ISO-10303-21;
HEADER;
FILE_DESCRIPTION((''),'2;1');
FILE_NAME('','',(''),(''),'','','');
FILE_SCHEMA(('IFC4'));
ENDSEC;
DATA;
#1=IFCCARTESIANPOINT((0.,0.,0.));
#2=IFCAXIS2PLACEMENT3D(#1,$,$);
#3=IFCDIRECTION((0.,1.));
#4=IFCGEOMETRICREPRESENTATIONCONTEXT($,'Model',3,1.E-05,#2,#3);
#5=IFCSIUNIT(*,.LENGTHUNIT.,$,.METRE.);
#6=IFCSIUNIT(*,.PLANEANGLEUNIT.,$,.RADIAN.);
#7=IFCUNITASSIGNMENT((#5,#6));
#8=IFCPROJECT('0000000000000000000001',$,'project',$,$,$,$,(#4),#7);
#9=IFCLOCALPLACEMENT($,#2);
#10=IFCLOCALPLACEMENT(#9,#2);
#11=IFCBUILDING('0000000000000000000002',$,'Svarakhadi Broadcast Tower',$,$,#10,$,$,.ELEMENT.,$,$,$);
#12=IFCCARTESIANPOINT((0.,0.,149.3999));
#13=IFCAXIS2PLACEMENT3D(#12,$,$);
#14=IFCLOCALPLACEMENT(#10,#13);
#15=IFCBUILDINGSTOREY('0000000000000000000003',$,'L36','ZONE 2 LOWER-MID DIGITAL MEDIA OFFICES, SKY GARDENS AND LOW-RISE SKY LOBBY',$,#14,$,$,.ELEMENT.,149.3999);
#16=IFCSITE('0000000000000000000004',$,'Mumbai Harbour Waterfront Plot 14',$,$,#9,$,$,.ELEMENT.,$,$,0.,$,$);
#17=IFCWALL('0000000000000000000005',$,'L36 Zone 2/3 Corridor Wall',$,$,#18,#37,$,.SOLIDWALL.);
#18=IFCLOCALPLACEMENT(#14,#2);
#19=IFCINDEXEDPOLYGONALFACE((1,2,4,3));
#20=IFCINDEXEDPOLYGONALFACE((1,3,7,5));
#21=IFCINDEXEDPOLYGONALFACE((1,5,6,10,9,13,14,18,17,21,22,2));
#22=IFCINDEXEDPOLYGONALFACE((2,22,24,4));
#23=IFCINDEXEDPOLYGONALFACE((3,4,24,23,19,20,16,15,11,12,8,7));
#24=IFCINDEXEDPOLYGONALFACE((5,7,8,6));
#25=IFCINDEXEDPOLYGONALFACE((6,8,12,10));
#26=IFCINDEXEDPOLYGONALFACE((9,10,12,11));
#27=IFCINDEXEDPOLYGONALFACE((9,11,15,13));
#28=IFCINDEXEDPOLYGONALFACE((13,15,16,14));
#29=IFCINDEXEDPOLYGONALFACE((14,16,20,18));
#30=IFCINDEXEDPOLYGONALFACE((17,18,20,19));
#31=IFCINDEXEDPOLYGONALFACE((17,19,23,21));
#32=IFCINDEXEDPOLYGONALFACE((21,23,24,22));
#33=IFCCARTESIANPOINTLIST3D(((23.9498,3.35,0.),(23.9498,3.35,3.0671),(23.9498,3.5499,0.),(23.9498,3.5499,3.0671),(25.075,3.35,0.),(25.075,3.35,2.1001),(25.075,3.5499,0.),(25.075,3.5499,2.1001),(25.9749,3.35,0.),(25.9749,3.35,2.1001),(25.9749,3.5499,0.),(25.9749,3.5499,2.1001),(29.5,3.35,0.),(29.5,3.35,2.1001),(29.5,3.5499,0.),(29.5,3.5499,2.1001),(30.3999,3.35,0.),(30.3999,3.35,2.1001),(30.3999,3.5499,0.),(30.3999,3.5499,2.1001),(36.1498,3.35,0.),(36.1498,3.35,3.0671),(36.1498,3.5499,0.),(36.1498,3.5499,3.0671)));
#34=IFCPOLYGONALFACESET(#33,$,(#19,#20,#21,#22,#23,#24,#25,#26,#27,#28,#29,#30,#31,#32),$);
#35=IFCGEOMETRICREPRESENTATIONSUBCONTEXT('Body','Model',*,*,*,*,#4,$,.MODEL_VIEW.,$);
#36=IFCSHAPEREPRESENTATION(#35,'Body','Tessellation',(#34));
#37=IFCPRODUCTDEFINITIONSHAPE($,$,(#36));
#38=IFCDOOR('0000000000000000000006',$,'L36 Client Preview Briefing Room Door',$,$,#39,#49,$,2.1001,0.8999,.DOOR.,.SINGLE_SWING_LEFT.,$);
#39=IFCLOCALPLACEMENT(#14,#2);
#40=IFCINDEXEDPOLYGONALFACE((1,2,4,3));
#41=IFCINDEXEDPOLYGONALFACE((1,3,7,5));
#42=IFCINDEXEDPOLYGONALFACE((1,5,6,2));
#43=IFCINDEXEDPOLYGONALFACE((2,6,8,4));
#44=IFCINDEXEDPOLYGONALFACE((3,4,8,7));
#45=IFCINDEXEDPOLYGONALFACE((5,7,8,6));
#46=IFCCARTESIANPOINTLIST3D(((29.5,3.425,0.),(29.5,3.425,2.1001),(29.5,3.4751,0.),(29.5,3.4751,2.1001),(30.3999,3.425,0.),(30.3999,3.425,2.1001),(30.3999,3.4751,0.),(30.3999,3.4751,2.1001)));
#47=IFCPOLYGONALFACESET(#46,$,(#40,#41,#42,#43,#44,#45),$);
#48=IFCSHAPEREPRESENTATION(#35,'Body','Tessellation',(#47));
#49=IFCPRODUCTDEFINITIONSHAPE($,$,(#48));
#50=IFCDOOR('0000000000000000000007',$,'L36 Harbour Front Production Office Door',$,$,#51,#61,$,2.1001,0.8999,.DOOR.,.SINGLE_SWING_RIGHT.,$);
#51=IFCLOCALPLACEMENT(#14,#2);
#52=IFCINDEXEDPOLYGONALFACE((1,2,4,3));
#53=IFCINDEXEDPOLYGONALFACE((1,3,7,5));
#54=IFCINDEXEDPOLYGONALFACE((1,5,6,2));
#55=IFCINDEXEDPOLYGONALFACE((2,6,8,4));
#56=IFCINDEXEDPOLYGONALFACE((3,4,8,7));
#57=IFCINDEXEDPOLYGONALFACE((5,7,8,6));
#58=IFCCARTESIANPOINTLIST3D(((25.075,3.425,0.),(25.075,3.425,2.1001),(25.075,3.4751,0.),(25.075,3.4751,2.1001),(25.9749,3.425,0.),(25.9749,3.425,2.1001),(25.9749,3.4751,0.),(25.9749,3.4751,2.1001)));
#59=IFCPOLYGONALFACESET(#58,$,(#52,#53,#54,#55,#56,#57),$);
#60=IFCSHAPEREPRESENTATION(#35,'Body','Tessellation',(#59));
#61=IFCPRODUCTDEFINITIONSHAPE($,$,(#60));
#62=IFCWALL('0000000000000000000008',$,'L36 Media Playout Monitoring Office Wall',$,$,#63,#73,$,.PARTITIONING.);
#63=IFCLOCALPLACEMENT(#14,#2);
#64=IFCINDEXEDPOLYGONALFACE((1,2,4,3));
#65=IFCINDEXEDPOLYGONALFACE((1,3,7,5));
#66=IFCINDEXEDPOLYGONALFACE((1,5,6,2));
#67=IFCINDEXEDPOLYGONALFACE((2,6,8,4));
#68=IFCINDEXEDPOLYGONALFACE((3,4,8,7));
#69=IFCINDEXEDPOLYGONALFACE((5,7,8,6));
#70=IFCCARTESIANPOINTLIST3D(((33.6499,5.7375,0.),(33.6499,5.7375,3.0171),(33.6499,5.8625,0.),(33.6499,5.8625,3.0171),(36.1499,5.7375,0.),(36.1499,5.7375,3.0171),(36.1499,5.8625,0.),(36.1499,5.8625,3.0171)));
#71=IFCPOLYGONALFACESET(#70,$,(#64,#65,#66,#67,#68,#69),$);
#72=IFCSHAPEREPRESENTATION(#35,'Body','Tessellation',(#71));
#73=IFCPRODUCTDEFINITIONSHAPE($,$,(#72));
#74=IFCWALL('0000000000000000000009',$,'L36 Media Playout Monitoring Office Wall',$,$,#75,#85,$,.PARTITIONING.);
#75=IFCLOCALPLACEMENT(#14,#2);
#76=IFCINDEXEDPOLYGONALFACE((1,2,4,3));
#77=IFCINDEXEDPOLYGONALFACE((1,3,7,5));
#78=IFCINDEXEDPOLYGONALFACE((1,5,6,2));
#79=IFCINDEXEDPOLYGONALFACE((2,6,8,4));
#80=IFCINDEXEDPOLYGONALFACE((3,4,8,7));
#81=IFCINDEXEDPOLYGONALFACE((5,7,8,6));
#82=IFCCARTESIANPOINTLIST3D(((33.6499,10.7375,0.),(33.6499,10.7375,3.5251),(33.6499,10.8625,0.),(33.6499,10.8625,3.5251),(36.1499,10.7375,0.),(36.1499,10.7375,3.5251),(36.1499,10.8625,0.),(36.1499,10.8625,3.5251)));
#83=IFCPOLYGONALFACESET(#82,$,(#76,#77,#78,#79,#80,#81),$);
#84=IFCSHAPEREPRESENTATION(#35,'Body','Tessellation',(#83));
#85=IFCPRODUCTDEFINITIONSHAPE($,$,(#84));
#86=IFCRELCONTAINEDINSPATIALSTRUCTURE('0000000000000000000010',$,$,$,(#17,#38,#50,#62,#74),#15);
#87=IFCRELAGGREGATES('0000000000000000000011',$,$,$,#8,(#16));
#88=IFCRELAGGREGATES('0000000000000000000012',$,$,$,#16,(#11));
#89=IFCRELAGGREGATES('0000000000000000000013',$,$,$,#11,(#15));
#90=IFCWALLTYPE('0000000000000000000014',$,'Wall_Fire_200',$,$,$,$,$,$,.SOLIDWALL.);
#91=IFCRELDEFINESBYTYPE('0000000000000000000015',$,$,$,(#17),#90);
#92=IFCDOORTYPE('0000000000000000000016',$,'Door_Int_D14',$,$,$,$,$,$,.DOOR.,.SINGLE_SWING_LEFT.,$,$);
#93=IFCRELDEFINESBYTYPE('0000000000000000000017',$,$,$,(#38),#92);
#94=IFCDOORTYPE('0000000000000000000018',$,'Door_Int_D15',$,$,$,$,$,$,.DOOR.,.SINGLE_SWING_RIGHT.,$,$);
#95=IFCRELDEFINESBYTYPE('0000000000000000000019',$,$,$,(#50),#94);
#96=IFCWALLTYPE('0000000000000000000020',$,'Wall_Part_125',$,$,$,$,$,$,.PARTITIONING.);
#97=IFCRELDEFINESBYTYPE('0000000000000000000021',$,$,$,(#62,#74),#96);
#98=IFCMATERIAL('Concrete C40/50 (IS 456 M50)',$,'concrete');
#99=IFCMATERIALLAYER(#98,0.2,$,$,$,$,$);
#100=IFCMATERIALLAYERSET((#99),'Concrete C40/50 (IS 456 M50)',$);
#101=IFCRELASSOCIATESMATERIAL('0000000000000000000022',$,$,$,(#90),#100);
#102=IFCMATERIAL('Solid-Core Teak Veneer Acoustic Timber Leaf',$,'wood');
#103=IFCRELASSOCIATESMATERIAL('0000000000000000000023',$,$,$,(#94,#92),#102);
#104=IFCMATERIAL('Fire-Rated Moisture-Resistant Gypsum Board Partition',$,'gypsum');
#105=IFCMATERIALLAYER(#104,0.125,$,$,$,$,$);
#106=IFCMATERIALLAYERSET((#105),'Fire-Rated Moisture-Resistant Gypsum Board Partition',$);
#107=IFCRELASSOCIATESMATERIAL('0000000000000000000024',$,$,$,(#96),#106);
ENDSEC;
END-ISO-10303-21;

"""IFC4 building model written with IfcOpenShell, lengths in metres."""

from ifc_helpers import new_model, si_unit, direction, frame, frame_2d, origin, place, context, subcontext, project, spatial, rectangle, extrude, material, layer, layer_set, type_object, element, fill, save


model = new_model("IFC4")

# Units and contexts
model_context = context("Model", 3, precision=1e-05, world=origin(), true_north=direction((0.0, 1.0)))
body_context = subcontext(model_context, "Body", "Model", "MODEL_VIEW")
ifc_project = project(units=[si_unit("LENGTHUNIT", "METRE"), si_unit("PLANEANGLEUNIT", "RADIAN")], contexts=[model_context])

# Site, building, storey
site_placement = place(None, origin())
site = spatial("IfcSite", under=ifc_project, at=site_placement, Name="Mumbai Harbour Waterfront Plot 14", CompositionType="ELEMENT", RefElevation=0.0)
building_placement = place(site_placement, origin())
building = spatial("IfcBuilding", under=site, at=building_placement, Name="Svarakhadi Broadcast Tower", CompositionType="ELEMENT")
storey_placement = place(building_placement, frame((0.0, 0.0, 149.3999)))
storey = spatial("IfcBuildingStorey", under=building, at=storey_placement, Name="L36", Description="ZONE 2 LOWER-MID DIGITAL MEDIA OFFICES, SKY GARDENS AND LOW-RISE SKY LOBBY", CompositionType="ELEMENT", Elevation=149.3999)

# Shared definitions
ifc_material_1 = material(Name="Concrete C40/50 (IS 456 M50)", Category="concrete")
ifc_layer_1 = layer(ifc_material_1, 0.2)
ifc_layer_set_1 = layer_set([ifc_layer_1], Name="Concrete C40/50 (IS 456 M50)")
wall_type_1 = type_object("IfcWallType", Name="Wall_Fire_200", PredefinedType="SOLIDWALL", material=ifc_layer_set_1)
ifc_material_2 = material(Name="Solid-Core Teak Veneer Acoustic Timber Leaf", Category="wood")
door_type_1 = type_object("IfcDoorType", Name="Door_Int_D15", OperationType="SINGLE_SWING_RIGHT", PredefinedType="DOOR", material=ifc_material_2)

# Shared definitions
door_type_2 = type_object("IfcDoorType", Name="Door_Int_D14", OperationType="SINGLE_SWING_LEFT", PredefinedType="DOOR", material=ifc_material_2)

# Wall, openings, doors
wall_1_placement = place(storey_placement, frame((36.1499, 3.45, 0.0), z_axis=(0.0, 0.0, 1.0), x_axis=(-1.0, 0.0, 0.0)))
wall_1 = element("IfcWall", 1, at=wall_1_placement, inside=storey, type_object=wall_type_1, Name="L36 Zone 2/3 Corridor Wall", PredefinedType="SOLIDWALL", context=body_context, shape_type="SweptSolid", body=[
    extrude(rectangle(XDim=12.2, YDim=0.2, at=frame_2d((6.1001, 0.0))), origin(), (0.0, 0.0, 1.0), 3.0671),
])
opening_1_placement = place(wall_1_placement, frame((10.175, 0.0, 0.0)))
opening_1 = element("IfcOpeningElement", 2, at=opening_1_placement, cuts=wall_1, PredefinedType="OPENING", context=body_context, shape_type="SweptSolid", body=[
    extrude(rectangle(XDim=0.8999, YDim=2.1001, at=frame_2d((0.45, 1.05))), frame((0.0, 0.1099, 0.0), z_axis=(0.0, -1.0, 0.0), x_axis=(1.0, 0.0, 0.0)), (0.0, 0.0, 1.0), 0.22),
])
opening_2_placement = place(wall_1_placement, frame((5.75, 0.0, 0.0)))
opening_2 = element("IfcOpeningElement", 3, at=opening_2_placement, cuts=wall_1, PredefinedType="OPENING", context=body_context, shape_type="SweptSolid", body=[
    extrude(rectangle(XDim=0.8999, YDim=2.1001, at=frame_2d((0.45, 1.05))), frame((0.0, 0.1099, 0.0), z_axis=(0.0, -1.0, 0.0), x_axis=(1.0, 0.0, 0.0)), (0.0, 0.0, 1.0), 0.22),
])
door_1_placement = place(opening_2_placement, origin())
door_1 = element("IfcDoor", 4, at=door_1_placement, inside=storey, type_object=door_type_2, Name="L36 Client Preview Briefing Room Door", OperationType="SINGLE_SWING_LEFT", OverallHeight=2.1001, OverallWidth=0.8999, PredefinedType="DOOR", context=body_context, shape_type="SweptSolid", body=[
    extrude(rectangle(XDim=0.8999, YDim=2.1001, at=frame_2d((0.45, 1.05))), frame((0.0, 0.0249, 0.0), z_axis=(0.0, -1.0, 0.0), x_axis=(1.0, 0.0, 0.0)), (0.0, 0.0, 1.0), 0.05),
])
fill(opening_2, door_1)
door_2_placement = place(opening_1_placement, origin())
door_2 = element("IfcDoor", 5, at=door_2_placement, inside=storey, type_object=door_type_1, Name="L36 Harbour Front Production Office Door", OperationType="SINGLE_SWING_RIGHT", OverallHeight=2.1001, OverallWidth=0.8999, PredefinedType="DOOR", context=body_context, shape_type="SweptSolid", body=[
    extrude(rectangle(XDim=0.8999, YDim=2.1001, at=frame_2d((0.45, 1.05))), frame((0.0, 0.0249, 0.0), z_axis=(0.0, -1.0, 0.0), x_axis=(1.0, 0.0, 0.0)), (0.0, 0.0, 1.0), 0.05),
])
fill(opening_1, door_2)

# Walls
ifc_material_3 = material(Name="Fire-Rated Moisture-Resistant Gypsum Board Partition", Category="gypsum")
ifc_layer_2 = layer(ifc_material_3, 0.125)
ifc_layer_set_2 = layer_set([ifc_layer_2], Name="Fire-Rated Moisture-Resistant Gypsum Board Partition")
wall_type_2 = type_object("IfcWallType", Name="Wall_Part_125", PredefinedType="PARTITIONING", material=ifc_layer_set_2)
wall_2_placement = place(storey_placement, frame((33.6499, 5.8, 0.0), z_axis=(0.0, 0.0, 1.0), x_axis=(1.0, 0.0, 0.0)))
element("IfcWall", 6, at=wall_2_placement, inside=storey, type_object=wall_type_2, Name="L36 Media Playout Monitoring Office Wall", PredefinedType="PARTITIONING", context=body_context, shape_type="SweptSolid", body=[
    extrude(rectangle(XDim=2.5, YDim=0.125, at=frame_2d((1.25, 0.0))), origin(), (0.0, 0.0, 1.0), 3.0171),
])
wall_3_placement = place(storey_placement, frame((33.6499, 10.8, 0.0), z_axis=(0.0, 0.0, 1.0), x_axis=(1.0, 0.0, 0.0)))
element("IfcWall", 7, at=wall_3_placement, inside=storey, type_object=wall_type_2, Name="L36 Media Playout Monitoring Office Wall", PredefinedType="PARTITIONING", context=body_context, shape_type="SweptSolid", body=[
    extrude(rectangle(XDim=2.5, YDim=0.125, at=frame_2d((1.25, 0.0))), origin(), (0.0, 0.0, 1.0), 3.5251),
])

save(model, "model.ifc")
